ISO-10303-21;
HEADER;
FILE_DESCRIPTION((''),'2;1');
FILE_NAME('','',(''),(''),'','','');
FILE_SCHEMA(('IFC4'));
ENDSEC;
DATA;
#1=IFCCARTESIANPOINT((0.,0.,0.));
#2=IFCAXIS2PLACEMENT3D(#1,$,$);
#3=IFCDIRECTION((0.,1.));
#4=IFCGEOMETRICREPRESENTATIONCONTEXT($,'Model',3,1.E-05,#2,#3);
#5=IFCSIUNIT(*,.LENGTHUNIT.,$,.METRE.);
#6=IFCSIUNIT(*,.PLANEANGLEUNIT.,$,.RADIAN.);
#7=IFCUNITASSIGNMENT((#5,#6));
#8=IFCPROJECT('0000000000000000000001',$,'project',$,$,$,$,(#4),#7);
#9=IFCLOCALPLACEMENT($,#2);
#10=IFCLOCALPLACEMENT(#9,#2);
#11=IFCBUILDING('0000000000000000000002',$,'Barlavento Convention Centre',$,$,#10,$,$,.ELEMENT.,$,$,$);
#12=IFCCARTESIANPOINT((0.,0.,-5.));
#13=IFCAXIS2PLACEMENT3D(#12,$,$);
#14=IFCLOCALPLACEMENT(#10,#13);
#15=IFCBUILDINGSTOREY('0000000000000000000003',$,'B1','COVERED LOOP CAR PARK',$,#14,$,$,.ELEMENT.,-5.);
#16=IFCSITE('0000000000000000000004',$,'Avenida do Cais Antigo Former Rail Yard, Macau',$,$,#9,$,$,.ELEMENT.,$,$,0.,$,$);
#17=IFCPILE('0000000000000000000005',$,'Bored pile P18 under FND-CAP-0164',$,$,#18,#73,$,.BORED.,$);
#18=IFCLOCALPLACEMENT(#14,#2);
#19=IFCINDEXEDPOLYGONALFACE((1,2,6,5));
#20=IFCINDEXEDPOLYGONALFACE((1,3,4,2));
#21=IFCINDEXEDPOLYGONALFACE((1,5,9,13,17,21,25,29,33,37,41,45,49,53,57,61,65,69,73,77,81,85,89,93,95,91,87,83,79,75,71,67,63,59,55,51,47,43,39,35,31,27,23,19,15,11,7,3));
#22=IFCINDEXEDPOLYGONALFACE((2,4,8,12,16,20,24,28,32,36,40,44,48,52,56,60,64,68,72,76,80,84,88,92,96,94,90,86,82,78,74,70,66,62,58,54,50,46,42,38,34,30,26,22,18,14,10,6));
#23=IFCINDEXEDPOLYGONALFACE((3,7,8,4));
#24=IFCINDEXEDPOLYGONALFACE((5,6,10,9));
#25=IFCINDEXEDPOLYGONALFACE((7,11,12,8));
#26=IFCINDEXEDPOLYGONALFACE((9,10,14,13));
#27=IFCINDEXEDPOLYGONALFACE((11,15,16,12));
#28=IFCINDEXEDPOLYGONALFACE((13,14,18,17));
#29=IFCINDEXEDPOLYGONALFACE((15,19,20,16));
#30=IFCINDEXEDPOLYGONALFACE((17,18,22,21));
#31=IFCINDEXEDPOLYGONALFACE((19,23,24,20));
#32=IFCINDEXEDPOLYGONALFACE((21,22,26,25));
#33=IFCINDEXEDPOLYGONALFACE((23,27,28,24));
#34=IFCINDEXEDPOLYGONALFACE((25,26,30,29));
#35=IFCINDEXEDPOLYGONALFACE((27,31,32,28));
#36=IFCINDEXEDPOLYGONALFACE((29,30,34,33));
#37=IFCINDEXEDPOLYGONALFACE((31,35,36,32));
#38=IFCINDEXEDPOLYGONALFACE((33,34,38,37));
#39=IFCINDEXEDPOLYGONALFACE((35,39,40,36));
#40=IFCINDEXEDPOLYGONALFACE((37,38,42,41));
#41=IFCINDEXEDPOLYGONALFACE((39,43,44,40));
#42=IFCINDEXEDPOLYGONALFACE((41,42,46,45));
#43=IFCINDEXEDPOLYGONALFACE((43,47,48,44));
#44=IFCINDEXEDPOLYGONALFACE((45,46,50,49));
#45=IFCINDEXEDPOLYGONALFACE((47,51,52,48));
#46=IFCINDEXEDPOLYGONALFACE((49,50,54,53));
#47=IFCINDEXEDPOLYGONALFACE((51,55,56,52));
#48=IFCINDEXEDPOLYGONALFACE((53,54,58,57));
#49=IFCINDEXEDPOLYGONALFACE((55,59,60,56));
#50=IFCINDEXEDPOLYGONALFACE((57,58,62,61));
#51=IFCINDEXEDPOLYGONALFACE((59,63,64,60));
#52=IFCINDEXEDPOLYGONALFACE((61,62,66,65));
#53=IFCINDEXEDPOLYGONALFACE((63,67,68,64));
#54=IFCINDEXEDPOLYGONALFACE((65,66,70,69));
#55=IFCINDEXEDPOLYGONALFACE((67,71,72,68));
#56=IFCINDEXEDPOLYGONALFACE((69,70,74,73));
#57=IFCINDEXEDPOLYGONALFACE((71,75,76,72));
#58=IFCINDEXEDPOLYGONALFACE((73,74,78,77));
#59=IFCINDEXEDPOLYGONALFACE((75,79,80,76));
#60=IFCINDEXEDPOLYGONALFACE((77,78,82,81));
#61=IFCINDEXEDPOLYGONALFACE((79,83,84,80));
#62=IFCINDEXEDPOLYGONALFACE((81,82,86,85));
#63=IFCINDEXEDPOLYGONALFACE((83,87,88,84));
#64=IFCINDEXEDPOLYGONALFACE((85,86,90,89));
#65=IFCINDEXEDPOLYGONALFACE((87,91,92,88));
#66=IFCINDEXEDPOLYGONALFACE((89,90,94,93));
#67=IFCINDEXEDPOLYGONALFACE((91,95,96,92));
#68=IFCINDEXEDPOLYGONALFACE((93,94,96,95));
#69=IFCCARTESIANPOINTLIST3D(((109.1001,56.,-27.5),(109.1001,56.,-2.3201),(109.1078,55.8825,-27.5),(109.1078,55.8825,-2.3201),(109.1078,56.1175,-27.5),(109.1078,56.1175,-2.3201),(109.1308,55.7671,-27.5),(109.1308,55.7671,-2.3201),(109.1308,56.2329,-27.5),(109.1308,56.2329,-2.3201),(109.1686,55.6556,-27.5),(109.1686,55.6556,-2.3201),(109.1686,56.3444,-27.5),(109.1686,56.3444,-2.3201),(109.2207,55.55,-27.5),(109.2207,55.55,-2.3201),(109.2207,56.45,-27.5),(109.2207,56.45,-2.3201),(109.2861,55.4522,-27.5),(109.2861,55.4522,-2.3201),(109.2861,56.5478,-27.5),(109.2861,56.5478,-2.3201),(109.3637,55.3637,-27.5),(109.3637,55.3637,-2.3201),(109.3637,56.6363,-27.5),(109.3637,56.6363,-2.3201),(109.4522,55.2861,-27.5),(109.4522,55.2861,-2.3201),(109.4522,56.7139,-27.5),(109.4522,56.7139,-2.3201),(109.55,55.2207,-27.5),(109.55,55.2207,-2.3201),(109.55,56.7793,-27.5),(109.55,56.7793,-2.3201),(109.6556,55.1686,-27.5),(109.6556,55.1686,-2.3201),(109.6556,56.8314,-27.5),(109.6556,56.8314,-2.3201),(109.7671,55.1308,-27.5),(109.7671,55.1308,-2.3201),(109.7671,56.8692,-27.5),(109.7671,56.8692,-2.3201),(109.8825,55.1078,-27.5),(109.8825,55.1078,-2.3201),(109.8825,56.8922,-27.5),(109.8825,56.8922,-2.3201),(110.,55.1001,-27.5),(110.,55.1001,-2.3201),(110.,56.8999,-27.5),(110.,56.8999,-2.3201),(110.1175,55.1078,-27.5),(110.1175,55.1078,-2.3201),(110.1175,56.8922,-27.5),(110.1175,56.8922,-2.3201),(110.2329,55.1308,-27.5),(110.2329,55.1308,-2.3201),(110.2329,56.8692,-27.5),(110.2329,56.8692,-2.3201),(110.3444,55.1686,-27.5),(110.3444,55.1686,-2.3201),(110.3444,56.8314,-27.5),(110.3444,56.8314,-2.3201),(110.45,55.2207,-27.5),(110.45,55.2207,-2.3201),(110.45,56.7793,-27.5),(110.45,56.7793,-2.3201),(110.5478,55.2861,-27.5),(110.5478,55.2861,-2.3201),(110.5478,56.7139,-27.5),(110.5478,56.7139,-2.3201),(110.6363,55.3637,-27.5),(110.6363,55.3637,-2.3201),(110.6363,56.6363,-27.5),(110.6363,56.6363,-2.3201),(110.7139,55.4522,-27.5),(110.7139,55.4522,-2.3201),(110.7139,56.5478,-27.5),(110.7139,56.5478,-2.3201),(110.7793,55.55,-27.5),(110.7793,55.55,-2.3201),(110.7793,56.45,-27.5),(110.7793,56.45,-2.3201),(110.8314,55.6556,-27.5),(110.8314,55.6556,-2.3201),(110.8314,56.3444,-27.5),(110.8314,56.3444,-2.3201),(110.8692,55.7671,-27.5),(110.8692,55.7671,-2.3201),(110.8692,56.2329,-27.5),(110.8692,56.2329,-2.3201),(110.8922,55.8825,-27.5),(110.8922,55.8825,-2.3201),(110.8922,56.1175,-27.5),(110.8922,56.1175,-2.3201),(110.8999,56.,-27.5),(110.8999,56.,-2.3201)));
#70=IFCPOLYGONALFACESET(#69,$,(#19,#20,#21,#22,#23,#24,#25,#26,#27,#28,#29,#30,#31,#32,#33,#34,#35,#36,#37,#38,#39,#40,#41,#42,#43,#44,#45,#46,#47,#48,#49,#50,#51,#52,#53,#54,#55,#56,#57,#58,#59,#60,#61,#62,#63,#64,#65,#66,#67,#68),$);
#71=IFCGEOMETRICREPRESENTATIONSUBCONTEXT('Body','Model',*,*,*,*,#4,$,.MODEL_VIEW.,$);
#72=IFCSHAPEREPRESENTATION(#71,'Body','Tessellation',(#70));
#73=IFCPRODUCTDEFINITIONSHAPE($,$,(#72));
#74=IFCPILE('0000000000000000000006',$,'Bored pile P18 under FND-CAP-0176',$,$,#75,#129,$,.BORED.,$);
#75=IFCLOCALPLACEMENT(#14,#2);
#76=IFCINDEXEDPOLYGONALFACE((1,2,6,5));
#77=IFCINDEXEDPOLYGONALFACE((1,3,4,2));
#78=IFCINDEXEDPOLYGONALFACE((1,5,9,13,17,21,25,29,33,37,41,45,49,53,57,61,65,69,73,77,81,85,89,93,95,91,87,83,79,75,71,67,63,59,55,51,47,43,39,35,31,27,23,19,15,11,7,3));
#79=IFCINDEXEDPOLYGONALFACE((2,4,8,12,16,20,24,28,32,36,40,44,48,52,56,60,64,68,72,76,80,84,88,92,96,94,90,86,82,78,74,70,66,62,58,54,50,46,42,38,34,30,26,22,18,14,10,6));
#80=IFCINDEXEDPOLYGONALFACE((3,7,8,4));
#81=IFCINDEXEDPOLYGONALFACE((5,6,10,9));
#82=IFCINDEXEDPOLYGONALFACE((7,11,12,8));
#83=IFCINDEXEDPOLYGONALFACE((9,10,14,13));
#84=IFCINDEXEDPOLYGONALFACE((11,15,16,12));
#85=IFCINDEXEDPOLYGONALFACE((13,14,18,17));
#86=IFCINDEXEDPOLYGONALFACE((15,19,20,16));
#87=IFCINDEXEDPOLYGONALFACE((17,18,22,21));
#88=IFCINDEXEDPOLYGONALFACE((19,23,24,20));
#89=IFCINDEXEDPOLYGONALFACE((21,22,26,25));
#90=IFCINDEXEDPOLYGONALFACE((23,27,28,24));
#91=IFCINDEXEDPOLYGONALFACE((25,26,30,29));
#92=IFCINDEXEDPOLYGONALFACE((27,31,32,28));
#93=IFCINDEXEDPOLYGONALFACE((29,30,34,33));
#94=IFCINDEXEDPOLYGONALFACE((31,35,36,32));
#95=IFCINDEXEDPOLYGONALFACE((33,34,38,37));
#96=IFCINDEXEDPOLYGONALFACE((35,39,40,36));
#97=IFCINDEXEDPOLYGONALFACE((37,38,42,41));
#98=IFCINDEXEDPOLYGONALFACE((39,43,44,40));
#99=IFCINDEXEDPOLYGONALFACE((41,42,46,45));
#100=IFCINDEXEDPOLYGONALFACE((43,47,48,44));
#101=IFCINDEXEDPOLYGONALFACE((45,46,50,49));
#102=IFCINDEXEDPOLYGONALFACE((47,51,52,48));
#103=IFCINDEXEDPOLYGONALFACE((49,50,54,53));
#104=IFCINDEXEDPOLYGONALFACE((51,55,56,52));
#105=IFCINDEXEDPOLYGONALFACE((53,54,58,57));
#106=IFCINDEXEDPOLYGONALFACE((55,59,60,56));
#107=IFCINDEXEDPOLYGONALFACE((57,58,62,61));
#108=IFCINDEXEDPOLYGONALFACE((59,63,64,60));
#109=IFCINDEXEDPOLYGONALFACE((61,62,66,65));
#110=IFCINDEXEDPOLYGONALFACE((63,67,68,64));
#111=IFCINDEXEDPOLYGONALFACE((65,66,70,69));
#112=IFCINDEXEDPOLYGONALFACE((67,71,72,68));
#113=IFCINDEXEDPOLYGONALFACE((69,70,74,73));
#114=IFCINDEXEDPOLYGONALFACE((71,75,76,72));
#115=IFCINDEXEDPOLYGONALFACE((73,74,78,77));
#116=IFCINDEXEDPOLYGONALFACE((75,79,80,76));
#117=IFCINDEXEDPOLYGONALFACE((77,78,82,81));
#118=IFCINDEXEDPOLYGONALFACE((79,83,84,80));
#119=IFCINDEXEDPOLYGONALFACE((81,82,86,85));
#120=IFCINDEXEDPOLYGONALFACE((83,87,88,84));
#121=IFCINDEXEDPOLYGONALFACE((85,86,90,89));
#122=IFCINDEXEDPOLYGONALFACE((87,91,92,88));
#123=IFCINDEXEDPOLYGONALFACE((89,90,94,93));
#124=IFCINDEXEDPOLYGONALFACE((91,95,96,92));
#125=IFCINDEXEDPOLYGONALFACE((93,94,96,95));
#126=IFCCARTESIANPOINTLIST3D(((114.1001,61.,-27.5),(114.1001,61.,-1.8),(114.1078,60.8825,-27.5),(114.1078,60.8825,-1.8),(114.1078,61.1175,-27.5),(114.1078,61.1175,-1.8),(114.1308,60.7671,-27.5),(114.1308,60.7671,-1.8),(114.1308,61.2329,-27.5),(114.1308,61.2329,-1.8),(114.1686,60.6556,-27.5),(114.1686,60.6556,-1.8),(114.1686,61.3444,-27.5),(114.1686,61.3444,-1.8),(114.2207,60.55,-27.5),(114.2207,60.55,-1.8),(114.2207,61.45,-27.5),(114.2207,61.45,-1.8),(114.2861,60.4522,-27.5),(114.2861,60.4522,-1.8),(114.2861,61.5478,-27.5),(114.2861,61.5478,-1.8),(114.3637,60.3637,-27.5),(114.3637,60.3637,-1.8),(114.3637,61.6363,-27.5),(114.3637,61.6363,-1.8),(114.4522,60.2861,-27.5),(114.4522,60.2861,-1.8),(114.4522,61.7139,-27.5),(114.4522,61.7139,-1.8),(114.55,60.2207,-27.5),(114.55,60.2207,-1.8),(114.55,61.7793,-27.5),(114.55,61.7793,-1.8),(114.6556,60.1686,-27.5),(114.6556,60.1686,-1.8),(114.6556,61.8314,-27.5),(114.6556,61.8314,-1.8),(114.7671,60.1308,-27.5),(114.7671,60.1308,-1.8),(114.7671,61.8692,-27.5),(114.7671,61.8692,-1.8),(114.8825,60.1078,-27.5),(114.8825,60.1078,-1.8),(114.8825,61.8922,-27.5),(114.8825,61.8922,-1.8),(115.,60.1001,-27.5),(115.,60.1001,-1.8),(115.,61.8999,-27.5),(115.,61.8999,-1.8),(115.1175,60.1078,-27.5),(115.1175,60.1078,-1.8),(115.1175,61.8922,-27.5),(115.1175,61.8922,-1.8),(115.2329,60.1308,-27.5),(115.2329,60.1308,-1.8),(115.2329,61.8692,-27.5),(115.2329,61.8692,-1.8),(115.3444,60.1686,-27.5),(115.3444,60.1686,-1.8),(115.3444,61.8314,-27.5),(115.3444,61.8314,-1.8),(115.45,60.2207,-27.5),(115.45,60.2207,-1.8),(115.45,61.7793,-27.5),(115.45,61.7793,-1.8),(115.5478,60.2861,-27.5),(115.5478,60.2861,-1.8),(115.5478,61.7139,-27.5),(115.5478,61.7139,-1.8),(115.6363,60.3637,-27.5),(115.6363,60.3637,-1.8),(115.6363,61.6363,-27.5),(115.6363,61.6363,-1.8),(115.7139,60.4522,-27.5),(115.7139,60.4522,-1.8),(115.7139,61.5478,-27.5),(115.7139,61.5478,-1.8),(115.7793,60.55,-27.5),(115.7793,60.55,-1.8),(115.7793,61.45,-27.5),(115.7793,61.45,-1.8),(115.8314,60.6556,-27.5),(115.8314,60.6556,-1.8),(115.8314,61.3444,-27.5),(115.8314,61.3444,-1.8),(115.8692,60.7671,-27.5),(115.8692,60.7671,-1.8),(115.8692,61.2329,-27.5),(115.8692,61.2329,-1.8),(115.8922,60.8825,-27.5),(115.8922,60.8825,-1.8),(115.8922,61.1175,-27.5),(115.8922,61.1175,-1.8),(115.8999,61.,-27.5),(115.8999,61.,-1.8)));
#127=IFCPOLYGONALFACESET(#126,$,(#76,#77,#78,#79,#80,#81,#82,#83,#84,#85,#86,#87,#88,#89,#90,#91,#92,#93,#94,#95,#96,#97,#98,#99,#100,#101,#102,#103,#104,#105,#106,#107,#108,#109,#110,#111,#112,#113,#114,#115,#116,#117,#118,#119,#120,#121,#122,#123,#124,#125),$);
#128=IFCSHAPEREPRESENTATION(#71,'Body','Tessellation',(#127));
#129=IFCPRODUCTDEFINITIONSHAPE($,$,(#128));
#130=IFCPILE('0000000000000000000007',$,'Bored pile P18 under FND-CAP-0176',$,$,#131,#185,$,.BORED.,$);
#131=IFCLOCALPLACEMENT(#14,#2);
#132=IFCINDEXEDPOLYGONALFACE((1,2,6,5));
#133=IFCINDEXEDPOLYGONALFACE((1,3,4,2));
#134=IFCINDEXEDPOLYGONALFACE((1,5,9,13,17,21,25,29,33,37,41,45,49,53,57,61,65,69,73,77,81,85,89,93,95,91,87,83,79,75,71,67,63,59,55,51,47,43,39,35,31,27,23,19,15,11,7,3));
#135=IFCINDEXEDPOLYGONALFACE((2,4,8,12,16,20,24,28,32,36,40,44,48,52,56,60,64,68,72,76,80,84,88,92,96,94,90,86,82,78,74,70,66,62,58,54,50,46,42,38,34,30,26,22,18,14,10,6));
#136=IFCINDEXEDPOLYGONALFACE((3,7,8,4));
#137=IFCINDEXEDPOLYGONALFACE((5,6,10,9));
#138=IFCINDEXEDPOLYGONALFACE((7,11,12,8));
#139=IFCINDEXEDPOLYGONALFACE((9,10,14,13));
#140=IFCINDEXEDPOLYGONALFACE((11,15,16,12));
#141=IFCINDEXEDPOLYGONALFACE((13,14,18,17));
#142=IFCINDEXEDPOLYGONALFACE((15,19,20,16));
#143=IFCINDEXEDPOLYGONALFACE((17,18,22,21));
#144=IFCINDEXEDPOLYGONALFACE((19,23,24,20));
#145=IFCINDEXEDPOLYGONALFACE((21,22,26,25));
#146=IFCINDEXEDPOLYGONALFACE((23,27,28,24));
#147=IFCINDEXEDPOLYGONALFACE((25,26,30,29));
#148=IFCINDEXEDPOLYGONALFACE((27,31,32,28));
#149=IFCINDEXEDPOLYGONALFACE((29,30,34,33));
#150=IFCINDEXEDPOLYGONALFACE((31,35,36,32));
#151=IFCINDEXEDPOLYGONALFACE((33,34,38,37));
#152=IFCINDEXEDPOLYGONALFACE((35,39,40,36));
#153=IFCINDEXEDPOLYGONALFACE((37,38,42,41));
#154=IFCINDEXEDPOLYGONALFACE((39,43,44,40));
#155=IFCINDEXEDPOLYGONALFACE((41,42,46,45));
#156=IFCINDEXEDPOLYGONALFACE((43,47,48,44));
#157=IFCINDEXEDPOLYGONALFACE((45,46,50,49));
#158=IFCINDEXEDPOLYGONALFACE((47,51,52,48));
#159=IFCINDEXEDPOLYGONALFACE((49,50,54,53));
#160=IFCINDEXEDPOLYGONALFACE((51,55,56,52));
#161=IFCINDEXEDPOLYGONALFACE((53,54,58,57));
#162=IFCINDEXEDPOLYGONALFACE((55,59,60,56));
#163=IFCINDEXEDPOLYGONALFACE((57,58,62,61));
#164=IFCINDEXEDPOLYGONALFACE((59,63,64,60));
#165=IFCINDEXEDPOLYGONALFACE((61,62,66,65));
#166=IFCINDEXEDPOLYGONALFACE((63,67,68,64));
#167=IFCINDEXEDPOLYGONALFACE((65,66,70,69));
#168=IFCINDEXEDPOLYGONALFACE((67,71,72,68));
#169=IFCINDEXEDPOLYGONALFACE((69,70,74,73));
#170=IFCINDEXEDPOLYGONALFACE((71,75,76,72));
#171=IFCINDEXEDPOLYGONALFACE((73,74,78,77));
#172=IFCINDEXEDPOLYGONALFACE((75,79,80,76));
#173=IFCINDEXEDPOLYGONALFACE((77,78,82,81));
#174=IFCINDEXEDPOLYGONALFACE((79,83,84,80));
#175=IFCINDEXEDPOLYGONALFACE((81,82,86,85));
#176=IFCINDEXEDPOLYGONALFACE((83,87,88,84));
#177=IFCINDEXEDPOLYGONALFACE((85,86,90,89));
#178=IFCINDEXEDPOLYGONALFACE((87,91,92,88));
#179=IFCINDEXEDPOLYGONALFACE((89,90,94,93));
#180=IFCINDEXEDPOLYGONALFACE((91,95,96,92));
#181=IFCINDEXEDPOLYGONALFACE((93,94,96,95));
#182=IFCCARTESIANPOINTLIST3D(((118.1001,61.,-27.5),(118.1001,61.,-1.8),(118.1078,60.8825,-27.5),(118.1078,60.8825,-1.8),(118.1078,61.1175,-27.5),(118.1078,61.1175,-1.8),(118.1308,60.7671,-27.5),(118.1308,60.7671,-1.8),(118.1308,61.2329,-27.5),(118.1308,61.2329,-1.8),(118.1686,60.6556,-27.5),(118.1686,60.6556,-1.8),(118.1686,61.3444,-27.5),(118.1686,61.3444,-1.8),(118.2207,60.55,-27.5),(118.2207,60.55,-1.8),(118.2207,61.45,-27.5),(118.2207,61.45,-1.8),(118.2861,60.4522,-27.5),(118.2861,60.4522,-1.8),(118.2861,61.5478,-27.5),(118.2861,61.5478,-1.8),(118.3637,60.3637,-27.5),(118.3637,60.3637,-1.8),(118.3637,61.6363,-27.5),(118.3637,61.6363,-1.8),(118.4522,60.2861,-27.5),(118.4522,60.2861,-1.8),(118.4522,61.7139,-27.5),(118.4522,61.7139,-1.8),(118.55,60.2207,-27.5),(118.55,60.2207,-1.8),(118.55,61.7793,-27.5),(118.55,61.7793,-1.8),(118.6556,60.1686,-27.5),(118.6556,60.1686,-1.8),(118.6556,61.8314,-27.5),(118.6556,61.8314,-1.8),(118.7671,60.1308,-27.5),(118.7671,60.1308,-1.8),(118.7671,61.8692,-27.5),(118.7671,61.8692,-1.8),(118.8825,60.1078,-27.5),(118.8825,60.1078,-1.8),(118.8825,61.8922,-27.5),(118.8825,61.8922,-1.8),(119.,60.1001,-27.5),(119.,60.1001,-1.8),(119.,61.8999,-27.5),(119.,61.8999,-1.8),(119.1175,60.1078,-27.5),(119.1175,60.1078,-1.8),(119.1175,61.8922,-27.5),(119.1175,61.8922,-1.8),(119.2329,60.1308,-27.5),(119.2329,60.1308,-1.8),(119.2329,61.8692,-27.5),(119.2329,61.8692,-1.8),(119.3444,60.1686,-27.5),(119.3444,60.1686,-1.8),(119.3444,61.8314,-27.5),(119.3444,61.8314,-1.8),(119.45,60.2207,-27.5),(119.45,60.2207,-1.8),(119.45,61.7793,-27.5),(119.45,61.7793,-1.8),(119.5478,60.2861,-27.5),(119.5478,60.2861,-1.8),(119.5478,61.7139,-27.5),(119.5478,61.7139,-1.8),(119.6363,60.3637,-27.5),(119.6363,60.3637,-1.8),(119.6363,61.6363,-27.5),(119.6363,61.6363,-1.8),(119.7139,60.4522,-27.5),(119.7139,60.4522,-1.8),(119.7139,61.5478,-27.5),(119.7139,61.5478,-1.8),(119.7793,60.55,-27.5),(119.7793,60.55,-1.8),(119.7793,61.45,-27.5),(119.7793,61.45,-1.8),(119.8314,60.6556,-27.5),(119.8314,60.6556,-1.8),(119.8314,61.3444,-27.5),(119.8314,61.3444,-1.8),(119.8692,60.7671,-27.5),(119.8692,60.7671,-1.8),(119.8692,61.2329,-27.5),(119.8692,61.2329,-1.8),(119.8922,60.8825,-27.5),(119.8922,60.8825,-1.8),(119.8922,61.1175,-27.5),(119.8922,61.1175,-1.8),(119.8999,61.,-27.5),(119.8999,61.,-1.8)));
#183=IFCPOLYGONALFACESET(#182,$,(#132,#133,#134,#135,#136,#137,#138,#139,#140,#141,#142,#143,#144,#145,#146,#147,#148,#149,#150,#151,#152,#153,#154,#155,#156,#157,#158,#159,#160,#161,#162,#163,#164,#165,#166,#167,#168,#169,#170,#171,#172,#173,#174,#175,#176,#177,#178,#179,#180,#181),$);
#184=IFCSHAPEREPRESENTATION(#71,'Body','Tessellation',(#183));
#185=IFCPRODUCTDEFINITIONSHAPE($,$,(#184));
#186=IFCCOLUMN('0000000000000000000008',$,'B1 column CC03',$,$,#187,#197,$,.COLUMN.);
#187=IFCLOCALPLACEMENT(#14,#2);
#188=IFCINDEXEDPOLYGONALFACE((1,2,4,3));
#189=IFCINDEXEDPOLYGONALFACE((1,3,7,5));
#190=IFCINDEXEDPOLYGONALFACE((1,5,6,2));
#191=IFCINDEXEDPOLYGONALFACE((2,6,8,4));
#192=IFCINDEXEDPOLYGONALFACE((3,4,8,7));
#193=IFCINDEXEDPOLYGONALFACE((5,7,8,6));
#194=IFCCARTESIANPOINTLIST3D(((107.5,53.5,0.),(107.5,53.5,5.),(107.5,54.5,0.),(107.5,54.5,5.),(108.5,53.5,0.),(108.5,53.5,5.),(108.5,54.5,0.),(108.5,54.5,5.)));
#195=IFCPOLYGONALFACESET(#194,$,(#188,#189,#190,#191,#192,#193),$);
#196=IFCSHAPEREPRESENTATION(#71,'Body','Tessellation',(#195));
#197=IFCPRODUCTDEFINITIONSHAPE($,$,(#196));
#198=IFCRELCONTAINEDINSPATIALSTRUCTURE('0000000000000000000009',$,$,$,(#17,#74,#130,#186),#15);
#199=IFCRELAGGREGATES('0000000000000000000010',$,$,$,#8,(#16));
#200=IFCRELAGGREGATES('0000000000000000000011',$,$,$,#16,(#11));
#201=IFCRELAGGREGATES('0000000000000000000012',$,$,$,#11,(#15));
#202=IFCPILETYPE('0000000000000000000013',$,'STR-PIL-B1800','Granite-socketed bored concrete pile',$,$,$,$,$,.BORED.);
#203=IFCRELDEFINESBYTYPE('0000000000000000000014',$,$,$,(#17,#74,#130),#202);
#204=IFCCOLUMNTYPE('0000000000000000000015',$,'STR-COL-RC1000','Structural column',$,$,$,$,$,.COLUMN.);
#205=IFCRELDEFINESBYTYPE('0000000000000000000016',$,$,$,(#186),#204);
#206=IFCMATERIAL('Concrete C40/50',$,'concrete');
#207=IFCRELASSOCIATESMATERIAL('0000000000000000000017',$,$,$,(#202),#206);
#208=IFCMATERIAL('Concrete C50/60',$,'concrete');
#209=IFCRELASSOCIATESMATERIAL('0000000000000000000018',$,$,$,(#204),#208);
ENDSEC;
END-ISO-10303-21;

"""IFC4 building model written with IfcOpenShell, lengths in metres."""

from ifc_helpers import new_model, si_unit, direction, frame, origin, origin_2d, place, context, subcontext, project, spatial, rectangle, circle, extrude, material, material_profile, profile_set, type_object, element, save


model = new_model("IFC4")

# Units and contexts
model_context = context("Model", 3, precision=1e-05, world=origin(), true_north=direction((0.0, 1.0)))
body_context = subcontext(model_context, "Body", "Model", "MODEL_VIEW")
ifc_project = project(units=[si_unit("LENGTHUNIT", "METRE"), si_unit("PLANEANGLEUNIT", "RADIAN")], contexts=[model_context])

# Site, building, storey
site_placement = place(None, origin())
site = spatial("IfcSite", under=ifc_project, at=site_placement, Name="Avenida do Cais Antigo Former Rail Yard, Macau", CompositionType="ELEMENT", RefElevation=0.0)
building_placement = place(site_placement, origin())
building = spatial("IfcBuilding", under=site, at=building_placement, Name="Barlavento Convention Centre", CompositionType="ELEMENT")
storey_placement = place(building_placement, frame((0.0, 0.0, -5.0)))
storey = spatial("IfcBuildingStorey", under=building, at=storey_placement, Name="B1", Description="COVERED LOOP CAR PARK", CompositionType="ELEMENT", Elevation=-5.0)

# Shared definitions
ifc_material_1 = material(Name="Concrete C40/50", Category="concrete")

# Piles
ifc_material_profile_1 = material_profile(ifc_material_1, circle(Radius=0.8999, at=origin_2d()), Name="BORED PILE 1800")
ifc_profile_set_1 = profile_set([ifc_material_profile_1], Name="Concrete C40/50")
pile_type_1 = type_object("IfcPileType", Name="STR-PIL-B1800", Description="Granite-socketed bored concrete pile", PredefinedType="BORED", material=ifc_profile_set_1)
for number, where, z_axis, x_axis, name in (
    (1, (110.0, 56.0, -2.3201), (0.0, 0.0, -1.0), (1.0, 0.0, 0.0), "Bored pile P18 under FND-CAP-0164"),
):
    element("IfcPile", number, at=place(storey_placement, frame(where, z_axis=z_axis, x_axis=x_axis)), inside=storey, type_object=pile_type_1, Name=name, PredefinedType="BORED", context=body_context, shape_type="SweptSolid", body=[
        extrude(circle(Radius=0.8999, at=origin_2d()), origin(), (0.0, 0.0, 1.0), 25.1799),
    ])
for number, where, z_axis, x_axis, name in (
    (2, (115.0, 61.0, -1.8), (0.0, 0.0, -1.0), (1.0, 0.0, 0.0), "Bored pile P18 under FND-CAP-0176"),
    (3, (119.0, 61.0, -1.8), (0.0, 0.0, -1.0), (1.0, 0.0, 0.0), "Bored pile P18 under FND-CAP-0176"),
):
    element("IfcPile", number, at=place(storey_placement, frame(where, z_axis=z_axis, x_axis=x_axis)), inside=storey, type_object=pile_type_1, Name=name, PredefinedType="BORED", context=body_context, shape_type="SweptSolid", body=[
        extrude(circle(Radius=0.8999, at=origin_2d()), origin(), (0.0, 0.0, 1.0), 25.7),
    ])

# Column
ifc_material_2 = material(Name="Concrete C50/60", Category="concrete")
ifc_material_profile_2 = material_profile(ifc_material_2, rectangle(XDim=1.0, YDim=1.0, at=origin_2d()), Name="RC 1000x1000")
ifc_profile_set_2 = profile_set([ifc_material_profile_2], Name="Concrete C50/60")
column_type_1 = type_object("IfcColumnType", Name="STR-COL-RC1000", Description="Structural column", PredefinedType="COLUMN", material=ifc_profile_set_2)
for number, where, z_axis, x_axis, name in (
    (4, (108.0, 54.0, 0.0), (0.0, 0.0, 1.0), (1.0, 0.0, 0.0), "B1 column CC03"),
):
    element("IfcColumn", number, at=place(storey_placement, frame(where, z_axis=z_axis, x_axis=x_axis)), inside=storey, type_object=column_type_1, Name=name, PredefinedType="COLUMN", context=body_context, shape_type="SweptSolid", body=[
        extrude(rectangle(XDim=1.0, YDim=1.0, at=origin_2d()), origin(), (0.0, 0.0, 1.0), 5.0),
    ])

save(model, "model.ifc")
